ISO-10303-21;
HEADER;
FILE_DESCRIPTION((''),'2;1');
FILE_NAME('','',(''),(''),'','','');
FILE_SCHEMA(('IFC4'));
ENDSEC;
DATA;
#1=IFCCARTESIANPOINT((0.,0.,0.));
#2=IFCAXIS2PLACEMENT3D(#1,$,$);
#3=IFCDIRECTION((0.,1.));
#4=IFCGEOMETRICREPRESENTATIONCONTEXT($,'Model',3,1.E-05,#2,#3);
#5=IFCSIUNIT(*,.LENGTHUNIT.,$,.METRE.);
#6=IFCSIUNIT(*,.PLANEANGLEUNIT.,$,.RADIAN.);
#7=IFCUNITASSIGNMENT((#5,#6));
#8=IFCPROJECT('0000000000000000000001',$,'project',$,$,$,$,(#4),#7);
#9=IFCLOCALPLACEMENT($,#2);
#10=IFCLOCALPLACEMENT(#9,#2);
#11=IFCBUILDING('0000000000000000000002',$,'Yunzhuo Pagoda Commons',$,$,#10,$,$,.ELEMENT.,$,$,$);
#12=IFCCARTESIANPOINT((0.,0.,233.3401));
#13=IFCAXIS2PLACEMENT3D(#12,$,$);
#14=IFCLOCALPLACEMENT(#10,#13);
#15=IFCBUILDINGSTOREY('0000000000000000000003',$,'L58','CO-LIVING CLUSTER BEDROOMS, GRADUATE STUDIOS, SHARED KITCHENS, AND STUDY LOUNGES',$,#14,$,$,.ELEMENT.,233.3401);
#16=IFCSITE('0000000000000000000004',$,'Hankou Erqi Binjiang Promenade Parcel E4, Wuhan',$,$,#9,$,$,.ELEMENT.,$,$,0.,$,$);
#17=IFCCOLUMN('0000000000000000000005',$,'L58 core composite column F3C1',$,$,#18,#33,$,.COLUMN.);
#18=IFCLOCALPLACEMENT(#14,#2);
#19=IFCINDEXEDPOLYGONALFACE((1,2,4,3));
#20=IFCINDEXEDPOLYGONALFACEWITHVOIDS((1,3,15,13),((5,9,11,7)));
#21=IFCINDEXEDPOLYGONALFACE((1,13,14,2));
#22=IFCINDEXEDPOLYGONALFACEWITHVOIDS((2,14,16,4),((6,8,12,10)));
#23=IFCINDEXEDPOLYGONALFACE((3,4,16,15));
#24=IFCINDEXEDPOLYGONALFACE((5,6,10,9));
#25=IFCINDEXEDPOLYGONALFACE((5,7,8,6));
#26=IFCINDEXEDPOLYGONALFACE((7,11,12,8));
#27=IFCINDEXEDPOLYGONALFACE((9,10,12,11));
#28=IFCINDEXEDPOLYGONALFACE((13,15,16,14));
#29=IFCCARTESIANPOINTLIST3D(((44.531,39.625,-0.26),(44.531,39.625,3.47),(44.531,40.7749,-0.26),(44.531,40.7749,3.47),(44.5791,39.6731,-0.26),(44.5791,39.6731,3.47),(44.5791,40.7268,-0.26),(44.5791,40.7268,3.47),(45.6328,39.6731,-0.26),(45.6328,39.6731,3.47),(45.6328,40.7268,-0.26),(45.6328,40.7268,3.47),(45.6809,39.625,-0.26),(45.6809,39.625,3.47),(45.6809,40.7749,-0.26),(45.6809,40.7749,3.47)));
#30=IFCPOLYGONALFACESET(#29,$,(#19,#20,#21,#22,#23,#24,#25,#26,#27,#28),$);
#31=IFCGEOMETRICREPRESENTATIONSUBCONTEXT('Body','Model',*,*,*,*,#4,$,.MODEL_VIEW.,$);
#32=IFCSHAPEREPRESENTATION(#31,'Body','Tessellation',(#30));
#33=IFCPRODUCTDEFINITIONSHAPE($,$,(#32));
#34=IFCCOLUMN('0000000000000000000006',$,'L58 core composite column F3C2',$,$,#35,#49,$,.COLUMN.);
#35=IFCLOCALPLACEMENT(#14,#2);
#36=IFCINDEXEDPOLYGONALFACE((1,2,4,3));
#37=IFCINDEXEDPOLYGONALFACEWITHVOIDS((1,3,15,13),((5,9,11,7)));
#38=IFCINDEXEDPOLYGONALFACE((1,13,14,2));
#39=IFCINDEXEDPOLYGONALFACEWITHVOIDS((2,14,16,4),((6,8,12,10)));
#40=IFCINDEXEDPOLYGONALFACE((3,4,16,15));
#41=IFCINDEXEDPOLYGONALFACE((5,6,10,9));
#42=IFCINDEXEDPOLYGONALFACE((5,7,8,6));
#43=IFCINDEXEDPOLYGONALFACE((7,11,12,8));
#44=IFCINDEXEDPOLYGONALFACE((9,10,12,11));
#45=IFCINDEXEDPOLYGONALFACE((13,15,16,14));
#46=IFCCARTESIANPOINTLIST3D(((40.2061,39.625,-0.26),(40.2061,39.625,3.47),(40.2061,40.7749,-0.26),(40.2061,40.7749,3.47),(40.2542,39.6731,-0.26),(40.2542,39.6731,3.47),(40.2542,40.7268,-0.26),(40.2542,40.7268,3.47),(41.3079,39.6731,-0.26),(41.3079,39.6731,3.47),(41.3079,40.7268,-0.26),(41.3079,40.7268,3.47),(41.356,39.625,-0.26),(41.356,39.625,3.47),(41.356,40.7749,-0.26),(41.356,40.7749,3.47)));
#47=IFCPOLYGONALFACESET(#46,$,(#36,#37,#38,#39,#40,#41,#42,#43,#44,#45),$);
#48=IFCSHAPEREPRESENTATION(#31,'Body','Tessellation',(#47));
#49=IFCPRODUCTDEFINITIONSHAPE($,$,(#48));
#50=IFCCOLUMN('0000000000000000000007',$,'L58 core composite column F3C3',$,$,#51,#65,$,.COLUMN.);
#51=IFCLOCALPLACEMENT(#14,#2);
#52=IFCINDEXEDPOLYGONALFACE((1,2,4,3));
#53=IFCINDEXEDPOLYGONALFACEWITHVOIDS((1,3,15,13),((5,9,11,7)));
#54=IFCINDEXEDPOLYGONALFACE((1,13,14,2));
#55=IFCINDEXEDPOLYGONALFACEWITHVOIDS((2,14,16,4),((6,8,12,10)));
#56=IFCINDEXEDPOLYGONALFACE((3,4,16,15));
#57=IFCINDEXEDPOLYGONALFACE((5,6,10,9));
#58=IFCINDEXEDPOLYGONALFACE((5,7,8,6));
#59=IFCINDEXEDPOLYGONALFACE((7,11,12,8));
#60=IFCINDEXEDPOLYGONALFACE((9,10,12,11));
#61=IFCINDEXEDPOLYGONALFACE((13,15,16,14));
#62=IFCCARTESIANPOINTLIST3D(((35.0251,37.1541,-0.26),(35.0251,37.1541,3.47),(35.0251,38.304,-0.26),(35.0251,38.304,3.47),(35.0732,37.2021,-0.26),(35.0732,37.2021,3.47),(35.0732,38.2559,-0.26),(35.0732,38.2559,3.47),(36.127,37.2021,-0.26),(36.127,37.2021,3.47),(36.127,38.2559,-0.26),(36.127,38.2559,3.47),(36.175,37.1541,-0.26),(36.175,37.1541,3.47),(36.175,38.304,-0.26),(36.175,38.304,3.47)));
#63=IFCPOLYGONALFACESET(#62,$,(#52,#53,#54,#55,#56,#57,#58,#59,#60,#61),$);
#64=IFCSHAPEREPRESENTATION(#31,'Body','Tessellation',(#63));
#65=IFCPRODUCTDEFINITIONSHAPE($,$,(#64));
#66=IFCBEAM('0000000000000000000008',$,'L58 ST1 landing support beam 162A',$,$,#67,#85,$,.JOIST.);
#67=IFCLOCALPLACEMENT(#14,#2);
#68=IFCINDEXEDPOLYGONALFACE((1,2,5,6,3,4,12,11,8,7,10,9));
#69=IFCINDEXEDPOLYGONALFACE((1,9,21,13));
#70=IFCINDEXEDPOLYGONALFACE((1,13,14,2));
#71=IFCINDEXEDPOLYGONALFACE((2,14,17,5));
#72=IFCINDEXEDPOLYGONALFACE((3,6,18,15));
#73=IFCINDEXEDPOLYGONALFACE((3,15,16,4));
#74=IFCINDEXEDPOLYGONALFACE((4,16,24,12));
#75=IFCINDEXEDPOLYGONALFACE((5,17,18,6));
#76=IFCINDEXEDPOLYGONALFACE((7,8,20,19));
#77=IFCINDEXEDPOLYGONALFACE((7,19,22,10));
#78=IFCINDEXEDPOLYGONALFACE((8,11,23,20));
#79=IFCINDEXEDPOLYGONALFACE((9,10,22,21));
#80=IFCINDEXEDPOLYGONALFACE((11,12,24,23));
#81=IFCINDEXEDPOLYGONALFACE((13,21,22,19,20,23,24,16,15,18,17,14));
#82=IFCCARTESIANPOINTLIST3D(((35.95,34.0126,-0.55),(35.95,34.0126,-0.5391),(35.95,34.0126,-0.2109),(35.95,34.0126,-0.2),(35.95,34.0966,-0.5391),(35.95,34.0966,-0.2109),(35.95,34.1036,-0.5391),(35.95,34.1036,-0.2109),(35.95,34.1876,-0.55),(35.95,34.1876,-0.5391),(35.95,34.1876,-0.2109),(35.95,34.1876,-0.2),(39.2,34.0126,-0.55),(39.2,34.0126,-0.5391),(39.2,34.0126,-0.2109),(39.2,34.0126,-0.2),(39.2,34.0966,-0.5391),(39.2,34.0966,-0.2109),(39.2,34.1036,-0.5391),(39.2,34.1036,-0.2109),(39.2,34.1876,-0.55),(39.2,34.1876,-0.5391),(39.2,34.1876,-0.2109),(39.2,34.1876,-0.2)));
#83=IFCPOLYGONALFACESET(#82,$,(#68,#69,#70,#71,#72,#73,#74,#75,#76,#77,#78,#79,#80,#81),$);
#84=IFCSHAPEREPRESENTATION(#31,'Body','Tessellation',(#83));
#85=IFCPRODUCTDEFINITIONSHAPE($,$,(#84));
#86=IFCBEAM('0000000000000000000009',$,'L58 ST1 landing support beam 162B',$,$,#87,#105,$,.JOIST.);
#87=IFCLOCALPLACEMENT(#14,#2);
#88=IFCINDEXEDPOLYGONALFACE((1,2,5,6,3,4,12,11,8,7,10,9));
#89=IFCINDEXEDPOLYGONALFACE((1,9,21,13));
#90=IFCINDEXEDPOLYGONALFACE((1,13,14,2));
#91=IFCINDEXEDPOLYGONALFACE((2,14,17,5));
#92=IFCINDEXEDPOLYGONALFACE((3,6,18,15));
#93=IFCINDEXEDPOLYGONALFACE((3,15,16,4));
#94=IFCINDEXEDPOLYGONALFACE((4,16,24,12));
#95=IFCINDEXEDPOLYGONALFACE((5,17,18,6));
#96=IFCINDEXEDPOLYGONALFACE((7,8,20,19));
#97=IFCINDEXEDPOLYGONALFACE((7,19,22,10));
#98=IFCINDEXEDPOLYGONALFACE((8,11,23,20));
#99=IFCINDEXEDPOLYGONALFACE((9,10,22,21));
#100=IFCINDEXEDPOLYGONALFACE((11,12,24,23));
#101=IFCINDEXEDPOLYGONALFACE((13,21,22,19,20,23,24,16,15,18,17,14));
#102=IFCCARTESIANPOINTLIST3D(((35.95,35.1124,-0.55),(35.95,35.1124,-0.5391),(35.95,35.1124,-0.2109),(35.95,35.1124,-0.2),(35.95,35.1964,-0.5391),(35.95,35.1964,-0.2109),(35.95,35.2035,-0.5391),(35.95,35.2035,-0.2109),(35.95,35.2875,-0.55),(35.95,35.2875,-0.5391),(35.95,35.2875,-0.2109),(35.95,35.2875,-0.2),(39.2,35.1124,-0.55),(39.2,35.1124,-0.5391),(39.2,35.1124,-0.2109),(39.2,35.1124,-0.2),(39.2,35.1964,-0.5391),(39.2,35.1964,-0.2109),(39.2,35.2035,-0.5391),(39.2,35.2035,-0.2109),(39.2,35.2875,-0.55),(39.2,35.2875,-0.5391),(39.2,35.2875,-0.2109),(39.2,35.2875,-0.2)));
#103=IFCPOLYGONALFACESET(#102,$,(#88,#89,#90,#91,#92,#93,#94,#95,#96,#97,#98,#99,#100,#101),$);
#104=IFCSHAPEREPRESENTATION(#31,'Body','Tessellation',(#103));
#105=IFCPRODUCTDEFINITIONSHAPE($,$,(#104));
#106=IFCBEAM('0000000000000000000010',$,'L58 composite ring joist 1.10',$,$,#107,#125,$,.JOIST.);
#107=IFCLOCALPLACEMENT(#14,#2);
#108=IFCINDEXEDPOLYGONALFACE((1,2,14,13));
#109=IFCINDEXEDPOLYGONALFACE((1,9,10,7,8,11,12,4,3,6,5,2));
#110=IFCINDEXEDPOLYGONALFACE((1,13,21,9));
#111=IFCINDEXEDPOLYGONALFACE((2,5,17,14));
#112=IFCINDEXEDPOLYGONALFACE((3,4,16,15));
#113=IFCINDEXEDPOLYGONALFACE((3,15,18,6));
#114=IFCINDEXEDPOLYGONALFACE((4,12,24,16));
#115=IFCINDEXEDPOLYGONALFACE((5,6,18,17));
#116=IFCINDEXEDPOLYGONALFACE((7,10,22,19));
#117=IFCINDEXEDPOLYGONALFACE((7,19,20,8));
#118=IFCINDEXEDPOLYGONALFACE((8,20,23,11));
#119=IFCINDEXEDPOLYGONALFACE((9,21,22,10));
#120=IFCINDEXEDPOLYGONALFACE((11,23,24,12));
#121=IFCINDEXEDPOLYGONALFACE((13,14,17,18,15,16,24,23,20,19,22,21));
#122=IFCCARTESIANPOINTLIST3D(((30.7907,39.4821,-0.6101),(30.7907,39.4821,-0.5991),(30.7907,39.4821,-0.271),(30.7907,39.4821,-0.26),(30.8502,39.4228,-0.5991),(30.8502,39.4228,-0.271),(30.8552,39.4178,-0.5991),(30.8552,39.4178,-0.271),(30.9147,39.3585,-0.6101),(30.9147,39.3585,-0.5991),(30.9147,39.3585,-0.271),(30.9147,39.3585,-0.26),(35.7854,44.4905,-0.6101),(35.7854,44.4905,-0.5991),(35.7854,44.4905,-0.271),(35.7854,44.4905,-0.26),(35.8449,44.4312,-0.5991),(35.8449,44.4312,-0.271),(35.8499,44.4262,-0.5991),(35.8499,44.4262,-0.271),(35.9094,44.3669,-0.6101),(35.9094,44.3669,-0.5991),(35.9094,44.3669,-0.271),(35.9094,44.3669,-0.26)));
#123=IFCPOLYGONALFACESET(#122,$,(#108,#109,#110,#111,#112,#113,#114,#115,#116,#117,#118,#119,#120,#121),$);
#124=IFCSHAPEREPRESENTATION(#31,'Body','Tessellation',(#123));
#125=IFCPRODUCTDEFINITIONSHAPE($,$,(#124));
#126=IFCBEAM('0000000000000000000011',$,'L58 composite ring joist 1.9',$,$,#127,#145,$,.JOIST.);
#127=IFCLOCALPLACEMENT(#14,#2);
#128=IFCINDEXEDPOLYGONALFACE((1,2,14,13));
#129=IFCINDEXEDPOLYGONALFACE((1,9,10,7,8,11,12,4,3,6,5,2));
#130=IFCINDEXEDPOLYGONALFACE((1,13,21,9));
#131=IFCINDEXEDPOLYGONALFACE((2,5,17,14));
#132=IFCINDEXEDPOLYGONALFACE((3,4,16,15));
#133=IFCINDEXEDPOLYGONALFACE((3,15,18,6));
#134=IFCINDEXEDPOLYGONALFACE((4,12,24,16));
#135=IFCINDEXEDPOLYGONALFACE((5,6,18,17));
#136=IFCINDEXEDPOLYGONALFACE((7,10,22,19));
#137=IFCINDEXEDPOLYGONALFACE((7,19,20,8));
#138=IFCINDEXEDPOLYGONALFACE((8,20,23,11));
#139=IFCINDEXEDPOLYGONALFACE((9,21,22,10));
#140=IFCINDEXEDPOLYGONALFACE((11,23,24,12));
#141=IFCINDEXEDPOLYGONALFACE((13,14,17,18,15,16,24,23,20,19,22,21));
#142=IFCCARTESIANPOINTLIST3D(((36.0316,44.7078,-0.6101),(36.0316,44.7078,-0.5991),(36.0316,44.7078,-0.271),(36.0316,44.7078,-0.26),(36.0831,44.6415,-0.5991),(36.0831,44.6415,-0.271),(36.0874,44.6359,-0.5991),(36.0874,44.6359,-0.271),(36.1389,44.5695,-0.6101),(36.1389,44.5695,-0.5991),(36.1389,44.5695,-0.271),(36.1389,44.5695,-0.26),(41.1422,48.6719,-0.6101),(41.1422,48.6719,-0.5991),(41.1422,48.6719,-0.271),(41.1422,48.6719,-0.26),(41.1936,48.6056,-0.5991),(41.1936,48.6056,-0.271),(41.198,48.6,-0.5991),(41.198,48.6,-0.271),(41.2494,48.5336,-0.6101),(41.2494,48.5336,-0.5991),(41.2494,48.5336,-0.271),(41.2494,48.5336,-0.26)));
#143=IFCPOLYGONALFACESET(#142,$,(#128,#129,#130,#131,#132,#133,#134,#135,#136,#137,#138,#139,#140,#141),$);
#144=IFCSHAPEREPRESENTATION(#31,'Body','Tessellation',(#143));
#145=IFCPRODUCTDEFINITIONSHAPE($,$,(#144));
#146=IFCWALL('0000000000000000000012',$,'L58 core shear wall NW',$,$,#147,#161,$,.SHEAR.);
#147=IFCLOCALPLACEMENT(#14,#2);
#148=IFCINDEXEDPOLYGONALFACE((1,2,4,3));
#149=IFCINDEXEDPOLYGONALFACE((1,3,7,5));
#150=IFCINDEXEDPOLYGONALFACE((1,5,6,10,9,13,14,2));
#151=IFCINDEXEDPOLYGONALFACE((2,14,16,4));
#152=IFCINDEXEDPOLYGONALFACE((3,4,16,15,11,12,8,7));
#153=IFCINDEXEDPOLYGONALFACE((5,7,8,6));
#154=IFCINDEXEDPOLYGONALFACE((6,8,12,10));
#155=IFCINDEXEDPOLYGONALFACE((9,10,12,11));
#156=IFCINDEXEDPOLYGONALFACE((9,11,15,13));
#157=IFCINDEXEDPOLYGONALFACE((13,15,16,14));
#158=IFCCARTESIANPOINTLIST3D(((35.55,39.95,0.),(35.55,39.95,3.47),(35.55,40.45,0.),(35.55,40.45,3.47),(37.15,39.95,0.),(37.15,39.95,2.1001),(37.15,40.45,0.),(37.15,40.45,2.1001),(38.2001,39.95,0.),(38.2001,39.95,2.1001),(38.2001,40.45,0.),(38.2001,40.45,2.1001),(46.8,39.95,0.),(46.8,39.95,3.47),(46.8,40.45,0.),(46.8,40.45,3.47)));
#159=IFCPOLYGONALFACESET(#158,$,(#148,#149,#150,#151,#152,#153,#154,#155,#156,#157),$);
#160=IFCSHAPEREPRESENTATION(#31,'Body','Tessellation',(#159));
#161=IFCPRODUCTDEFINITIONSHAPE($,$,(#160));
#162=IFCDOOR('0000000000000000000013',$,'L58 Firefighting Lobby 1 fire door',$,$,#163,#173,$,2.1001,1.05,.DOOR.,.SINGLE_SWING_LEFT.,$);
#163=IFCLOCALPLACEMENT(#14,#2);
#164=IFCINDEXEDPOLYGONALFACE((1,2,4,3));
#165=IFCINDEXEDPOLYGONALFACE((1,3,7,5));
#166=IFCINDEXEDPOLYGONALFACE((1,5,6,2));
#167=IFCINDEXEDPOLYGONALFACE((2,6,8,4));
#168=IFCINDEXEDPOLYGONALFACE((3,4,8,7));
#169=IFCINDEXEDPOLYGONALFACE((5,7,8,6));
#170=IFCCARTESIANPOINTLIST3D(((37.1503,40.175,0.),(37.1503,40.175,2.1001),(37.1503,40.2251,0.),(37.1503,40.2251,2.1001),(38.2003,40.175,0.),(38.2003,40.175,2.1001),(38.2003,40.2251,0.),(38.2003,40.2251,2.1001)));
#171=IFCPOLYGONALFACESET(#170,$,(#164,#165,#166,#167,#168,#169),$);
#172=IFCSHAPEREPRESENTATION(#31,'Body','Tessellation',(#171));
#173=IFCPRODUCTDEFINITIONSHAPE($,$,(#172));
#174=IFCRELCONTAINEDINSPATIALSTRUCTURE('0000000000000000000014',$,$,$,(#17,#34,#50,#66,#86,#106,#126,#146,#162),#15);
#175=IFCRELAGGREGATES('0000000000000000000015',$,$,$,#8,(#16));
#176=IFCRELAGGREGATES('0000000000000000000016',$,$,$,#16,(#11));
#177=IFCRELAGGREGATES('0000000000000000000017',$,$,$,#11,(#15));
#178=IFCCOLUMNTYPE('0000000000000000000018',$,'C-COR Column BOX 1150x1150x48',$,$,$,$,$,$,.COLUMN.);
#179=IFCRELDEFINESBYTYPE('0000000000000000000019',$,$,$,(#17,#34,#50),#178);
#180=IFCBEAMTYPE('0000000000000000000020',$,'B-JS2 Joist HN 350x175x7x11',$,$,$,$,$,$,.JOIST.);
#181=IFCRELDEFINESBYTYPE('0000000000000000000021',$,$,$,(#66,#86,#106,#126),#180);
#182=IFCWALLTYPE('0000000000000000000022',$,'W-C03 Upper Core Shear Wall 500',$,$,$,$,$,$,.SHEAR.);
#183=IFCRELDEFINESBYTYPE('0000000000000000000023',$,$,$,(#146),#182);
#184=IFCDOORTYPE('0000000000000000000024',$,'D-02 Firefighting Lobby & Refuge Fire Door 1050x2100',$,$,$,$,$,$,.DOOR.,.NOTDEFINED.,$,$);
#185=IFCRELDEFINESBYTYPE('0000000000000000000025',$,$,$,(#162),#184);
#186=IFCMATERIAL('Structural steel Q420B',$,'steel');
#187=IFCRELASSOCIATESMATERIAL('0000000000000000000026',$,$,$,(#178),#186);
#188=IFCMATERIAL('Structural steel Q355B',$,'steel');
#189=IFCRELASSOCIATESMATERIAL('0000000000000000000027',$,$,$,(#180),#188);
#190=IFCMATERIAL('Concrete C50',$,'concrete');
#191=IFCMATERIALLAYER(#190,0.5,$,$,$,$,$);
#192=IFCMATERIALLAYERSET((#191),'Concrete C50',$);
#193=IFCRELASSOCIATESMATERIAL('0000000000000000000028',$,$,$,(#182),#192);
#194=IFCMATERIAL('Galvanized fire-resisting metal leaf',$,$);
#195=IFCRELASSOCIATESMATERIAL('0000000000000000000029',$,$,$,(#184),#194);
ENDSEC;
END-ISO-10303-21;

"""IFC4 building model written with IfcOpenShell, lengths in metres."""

from ifc_helpers import new_model, si_unit, direction, frame, frame_2d, origin, origin_2d, place, context, subcontext, project, spatial, rectangle, hollow_rectangle, i_section, extrude, source, transform, mapped, material, layer, layer_set, material_profile, profile_set, type_object, element, fill, save


model = new_model("IFC4")

# Units and contexts
model_context = context("Model", 3, precision=1e-05, world=origin(), true_north=direction((0.0, 1.0)))
body_context = subcontext(model_context, "Body", "Model", "MODEL_VIEW")
ifc_project = project(units=[si_unit("LENGTHUNIT", "METRE"), si_unit("PLANEANGLEUNIT", "RADIAN")], contexts=[model_context])

# Site, building, storey
site_placement = place(None, origin())
site = spatial("IfcSite", under=ifc_project, at=site_placement, Name="Hankou Erqi Binjiang Promenade Parcel E4, Wuhan", CompositionType="ELEMENT", RefElevation=0.0)
building_placement = place(site_placement, origin())
building = spatial("IfcBuilding", under=site, at=building_placement, Name="Yunzhuo Pagoda Commons", CompositionType="ELEMENT")
storey_placement = place(building_placement, frame((0.0, 0.0, 233.3401)))
storey = spatial("IfcBuildingStorey", under=building, at=storey_placement, Name="L58", Description="CO-LIVING CLUSTER BEDROOMS, GRADUATE STUDIOS, SHARED KITCHENS, AND STUDY LOUNGES", CompositionType="ELEMENT", Elevation=233.3401)

# Columns
ifc_material_1 = material(Name="Structural steel Q420B", Category="steel")
ifc_material_profile_1 = material_profile(ifc_material_1, hollow_rectangle(XDim=1.1499, YDim=1.1499, WallThickness=0.0481, at=origin_2d()), Name="Structural steel Q420B")
ifc_profile_set_1 = profile_set([ifc_material_profile_1], Name="Structural steel Q420B")
column_type = type_object("IfcColumnType", Name="C-COR Column BOX 1150x1150x48", PredefinedType="COLUMN", material=ifc_profile_set_1)
shared_shape_1 = source(origin(), body_context, "Body", "SweptSolid", [
    extrude(hollow_rectangle(XDim=1.1499, YDim=1.1499, WallThickness=0.0481, at=origin_2d()), origin(), (0.0, 0.0, 1.0), 3.73),
])
for number, where, z_axis, x_axis, name in (
    (1, (45.106, 40.2, -0.26), (0.0, 0.0, 1.0), (1.0, 0.0, 0.0), "L58 core composite column F3C1"),
    (2, (40.781, 40.2, -0.26), (0.0, 0.0, 1.0), (1.0, 0.0, 0.0), "L58 core composite column F3C2"),
    (3, (35.6001, 37.729, -0.26), (0.0, 0.0, 1.0), (1.0, 0.0, 0.0), "L58 core composite column F3C3"),
):
    element("IfcColumn", number, at=place(storey_placement, frame(where, z_axis=z_axis, x_axis=x_axis)), inside=storey, type_object=column_type, Name=name, PredefinedType="COLUMN", context=body_context, shape_type="MappedRepresentation", body=[
        mapped(shared_shape_1, transform((0.0, 0.0, 0.0), scale=1.0)),
    ])

# Beams
ifc_material_2 = material(Name="Structural steel Q355B", Category="steel")
ifc_material_profile_2 = material_profile(ifc_material_2, i_section(OverallWidth=0.175, OverallDepth=0.3501, WebThickness=0.0071, FlangeThickness=0.011, at=origin_2d()), Name="Structural steel Q355B")
ifc_profile_set_2 = profile_set([ifc_material_profile_2], Name="Structural steel Q355B")
beam_type = type_object("IfcBeamType", Name="B-JS2 Joist HN 350x175x7x11", PredefinedType="JOIST", material=ifc_profile_set_2)
shared_shape_2 = source(origin(), body_context, "Body", "SweptSolid", [
    extrude(i_section(OverallWidth=0.175, OverallDepth=0.3501, WebThickness=0.0071, FlangeThickness=0.011, at=origin_2d()), origin(), (0.0, 0.0, 1.0), 3.25),
])
for number, where, z_axis, x_axis, name in (
    (4, (35.95, 34.1001, -0.375), (1.0, 0.0, 0.0), (0.0, 1.0, 0.0), "L58 ST1 landing support beam 162A"),
    (5, (35.95, 35.2, -0.375), (1.0, 0.0, 0.0), (0.0, 1.0, 0.0), "L58 ST1 landing support beam 162B"),
):
    element("IfcBeam", number, at=place(storey_placement, frame(where, z_axis=z_axis, x_axis=x_axis)), inside=storey, type_object=beam_type, Name=name, PredefinedType="JOIST", context=body_context, shape_type="MappedRepresentation", body=[
        mapped(shared_shape_2, transform((0.0, 0.0, 0.0), scale=1.0)),
    ])
shared_shape_3 = source(origin(), body_context, "Body", "SweptSolid", [
    extrude(i_section(OverallWidth=0.175, OverallDepth=0.3501, WebThickness=0.0071, FlangeThickness=0.011, at=origin_2d()), origin(), (0.0, 0.0, 1.0), 7.0732),
])
beam_1_placement = place(storey_placement, frame((35.8474, 44.4287, -0.4351), z_axis=(-0.70614, -0.708073, 0.0), x_axis=(0.708073, -0.70614, 0.0)))
element("IfcBeam", 6, at=beam_1_placement, inside=storey, type_object=beam_type, Name="L58 composite ring joist 1.10", PredefinedType="JOIST", context=body_context, shape_type="MappedRepresentation", body=[
    mapped(shared_shape_3, transform((0.0, 0.0, 0.0), scale=1.0)),
])
shared_shape_4 = source(origin(), body_context, "Body", "SweptSolid", [
    extrude(i_section(OverallWidth=0.175, OverallDepth=0.3501, WebThickness=0.0071, FlangeThickness=0.011, at=origin_2d()), origin(), (0.0, 0.0, 1.0), 6.4678),
])
beam_2_placement = place(storey_placement, frame((41.1958, 48.6028, -0.4351), z_axis=(-0.79016, -0.6129, 0.0), x_axis=(0.6129, -0.79016, 0.0)))
element("IfcBeam", 7, at=beam_2_placement, inside=storey, type_object=beam_type, Name="L58 composite ring joist 1.9", PredefinedType="JOIST", context=body_context, shape_type="MappedRepresentation", body=[
    mapped(shared_shape_4, transform((0.0, 0.0, 0.0), scale=1.0)),
])

# Wall, opening, door
ifc_material_3 = material(Name="Concrete C50", Category="concrete")
ifc_layer_1 = layer(ifc_material_3, 0.5)
ifc_layer_set_1 = layer_set([ifc_layer_1], Name="Concrete C50")
wall_type_1 = type_object("IfcWallType", Name="W-C03 Upper Core Shear Wall 500", PredefinedType="SHEAR", material=ifc_layer_set_1)
wall_1_placement = place(storey_placement, frame((35.55, 40.2, 0.0), z_axis=(0.0, 0.0, 1.0), x_axis=(1.0, 0.0, 0.0)))
wall_1 = element("IfcWall", 8, at=wall_1_placement, inside=storey, type_object=wall_type_1, Name="L58 core shear wall NW", PredefinedType="SHEAR", context=body_context, shape_type="SweptSolid", body=[
    extrude(rectangle(XDim=11.25, YDim=0.5, at=frame_2d((5.625, 0.0))), origin(), (0.0, 0.0, 1.0), 3.47),
])
opening_1_placement = place(wall_1_placement, frame((1.6001, 0.0, 0.0)))
opening_1 = element("IfcOpeningElement", 9, at=opening_1_placement, cuts=wall_1, PredefinedType="OPENING", context=body_context, shape_type="SweptSolid", body=[
    extrude(rectangle(XDim=1.05, YDim=2.1001, at=frame_2d((0.5249, 1.05))), frame((0.0, 0.26, 0.0), z_axis=(0.0, -1.0, 0.0), x_axis=(1.0, 0.0, 0.0)), (0.0, 0.0, 1.0), 0.52),
])
ifc_material_4 = material(Name="Galvanized fire-resisting metal leaf")
door_type_1 = type_object("IfcDoorType", Name="D-02 Firefighting Lobby & Refuge Fire Door 1050x2100", OperationType="NOTDEFINED", PredefinedType="DOOR", material=ifc_material_4)
shared_shape_5 = source(origin(), body_context, "Body", "SweptSolid", [
    extrude(rectangle(XDim=1.05, YDim=2.1001, at=frame_2d((0.5249, 1.05))), frame((0.0, 0.0249, 0.0), z_axis=(0.0, -1.0, 0.0), x_axis=(1.0, 0.0, 0.0)), (0.0, 0.0, 1.0), 0.05),
])
door_1_placement = place(opening_1_placement, frame((1.05, 0.0, 0.0), z_axis=(0.0, 0.0, 1.0), x_axis=(-1.0, 0.0, 0.0)))
door_1 = element("IfcDoor", 10, at=door_1_placement, inside=storey, type_object=door_type_1, Name="L58 Firefighting Lobby 1 fire door", OperationType="SINGLE_SWING_LEFT", OverallHeight=2.1001, OverallWidth=1.05, PredefinedType="DOOR", context=body_context, shape_type="MappedRepresentation", body=[
    mapped(shared_shape_5, transform((0.0, 0.0, 0.0), scale=1.0)),
])
fill(opening_1, door_1)

save(model, "model.ifc")
